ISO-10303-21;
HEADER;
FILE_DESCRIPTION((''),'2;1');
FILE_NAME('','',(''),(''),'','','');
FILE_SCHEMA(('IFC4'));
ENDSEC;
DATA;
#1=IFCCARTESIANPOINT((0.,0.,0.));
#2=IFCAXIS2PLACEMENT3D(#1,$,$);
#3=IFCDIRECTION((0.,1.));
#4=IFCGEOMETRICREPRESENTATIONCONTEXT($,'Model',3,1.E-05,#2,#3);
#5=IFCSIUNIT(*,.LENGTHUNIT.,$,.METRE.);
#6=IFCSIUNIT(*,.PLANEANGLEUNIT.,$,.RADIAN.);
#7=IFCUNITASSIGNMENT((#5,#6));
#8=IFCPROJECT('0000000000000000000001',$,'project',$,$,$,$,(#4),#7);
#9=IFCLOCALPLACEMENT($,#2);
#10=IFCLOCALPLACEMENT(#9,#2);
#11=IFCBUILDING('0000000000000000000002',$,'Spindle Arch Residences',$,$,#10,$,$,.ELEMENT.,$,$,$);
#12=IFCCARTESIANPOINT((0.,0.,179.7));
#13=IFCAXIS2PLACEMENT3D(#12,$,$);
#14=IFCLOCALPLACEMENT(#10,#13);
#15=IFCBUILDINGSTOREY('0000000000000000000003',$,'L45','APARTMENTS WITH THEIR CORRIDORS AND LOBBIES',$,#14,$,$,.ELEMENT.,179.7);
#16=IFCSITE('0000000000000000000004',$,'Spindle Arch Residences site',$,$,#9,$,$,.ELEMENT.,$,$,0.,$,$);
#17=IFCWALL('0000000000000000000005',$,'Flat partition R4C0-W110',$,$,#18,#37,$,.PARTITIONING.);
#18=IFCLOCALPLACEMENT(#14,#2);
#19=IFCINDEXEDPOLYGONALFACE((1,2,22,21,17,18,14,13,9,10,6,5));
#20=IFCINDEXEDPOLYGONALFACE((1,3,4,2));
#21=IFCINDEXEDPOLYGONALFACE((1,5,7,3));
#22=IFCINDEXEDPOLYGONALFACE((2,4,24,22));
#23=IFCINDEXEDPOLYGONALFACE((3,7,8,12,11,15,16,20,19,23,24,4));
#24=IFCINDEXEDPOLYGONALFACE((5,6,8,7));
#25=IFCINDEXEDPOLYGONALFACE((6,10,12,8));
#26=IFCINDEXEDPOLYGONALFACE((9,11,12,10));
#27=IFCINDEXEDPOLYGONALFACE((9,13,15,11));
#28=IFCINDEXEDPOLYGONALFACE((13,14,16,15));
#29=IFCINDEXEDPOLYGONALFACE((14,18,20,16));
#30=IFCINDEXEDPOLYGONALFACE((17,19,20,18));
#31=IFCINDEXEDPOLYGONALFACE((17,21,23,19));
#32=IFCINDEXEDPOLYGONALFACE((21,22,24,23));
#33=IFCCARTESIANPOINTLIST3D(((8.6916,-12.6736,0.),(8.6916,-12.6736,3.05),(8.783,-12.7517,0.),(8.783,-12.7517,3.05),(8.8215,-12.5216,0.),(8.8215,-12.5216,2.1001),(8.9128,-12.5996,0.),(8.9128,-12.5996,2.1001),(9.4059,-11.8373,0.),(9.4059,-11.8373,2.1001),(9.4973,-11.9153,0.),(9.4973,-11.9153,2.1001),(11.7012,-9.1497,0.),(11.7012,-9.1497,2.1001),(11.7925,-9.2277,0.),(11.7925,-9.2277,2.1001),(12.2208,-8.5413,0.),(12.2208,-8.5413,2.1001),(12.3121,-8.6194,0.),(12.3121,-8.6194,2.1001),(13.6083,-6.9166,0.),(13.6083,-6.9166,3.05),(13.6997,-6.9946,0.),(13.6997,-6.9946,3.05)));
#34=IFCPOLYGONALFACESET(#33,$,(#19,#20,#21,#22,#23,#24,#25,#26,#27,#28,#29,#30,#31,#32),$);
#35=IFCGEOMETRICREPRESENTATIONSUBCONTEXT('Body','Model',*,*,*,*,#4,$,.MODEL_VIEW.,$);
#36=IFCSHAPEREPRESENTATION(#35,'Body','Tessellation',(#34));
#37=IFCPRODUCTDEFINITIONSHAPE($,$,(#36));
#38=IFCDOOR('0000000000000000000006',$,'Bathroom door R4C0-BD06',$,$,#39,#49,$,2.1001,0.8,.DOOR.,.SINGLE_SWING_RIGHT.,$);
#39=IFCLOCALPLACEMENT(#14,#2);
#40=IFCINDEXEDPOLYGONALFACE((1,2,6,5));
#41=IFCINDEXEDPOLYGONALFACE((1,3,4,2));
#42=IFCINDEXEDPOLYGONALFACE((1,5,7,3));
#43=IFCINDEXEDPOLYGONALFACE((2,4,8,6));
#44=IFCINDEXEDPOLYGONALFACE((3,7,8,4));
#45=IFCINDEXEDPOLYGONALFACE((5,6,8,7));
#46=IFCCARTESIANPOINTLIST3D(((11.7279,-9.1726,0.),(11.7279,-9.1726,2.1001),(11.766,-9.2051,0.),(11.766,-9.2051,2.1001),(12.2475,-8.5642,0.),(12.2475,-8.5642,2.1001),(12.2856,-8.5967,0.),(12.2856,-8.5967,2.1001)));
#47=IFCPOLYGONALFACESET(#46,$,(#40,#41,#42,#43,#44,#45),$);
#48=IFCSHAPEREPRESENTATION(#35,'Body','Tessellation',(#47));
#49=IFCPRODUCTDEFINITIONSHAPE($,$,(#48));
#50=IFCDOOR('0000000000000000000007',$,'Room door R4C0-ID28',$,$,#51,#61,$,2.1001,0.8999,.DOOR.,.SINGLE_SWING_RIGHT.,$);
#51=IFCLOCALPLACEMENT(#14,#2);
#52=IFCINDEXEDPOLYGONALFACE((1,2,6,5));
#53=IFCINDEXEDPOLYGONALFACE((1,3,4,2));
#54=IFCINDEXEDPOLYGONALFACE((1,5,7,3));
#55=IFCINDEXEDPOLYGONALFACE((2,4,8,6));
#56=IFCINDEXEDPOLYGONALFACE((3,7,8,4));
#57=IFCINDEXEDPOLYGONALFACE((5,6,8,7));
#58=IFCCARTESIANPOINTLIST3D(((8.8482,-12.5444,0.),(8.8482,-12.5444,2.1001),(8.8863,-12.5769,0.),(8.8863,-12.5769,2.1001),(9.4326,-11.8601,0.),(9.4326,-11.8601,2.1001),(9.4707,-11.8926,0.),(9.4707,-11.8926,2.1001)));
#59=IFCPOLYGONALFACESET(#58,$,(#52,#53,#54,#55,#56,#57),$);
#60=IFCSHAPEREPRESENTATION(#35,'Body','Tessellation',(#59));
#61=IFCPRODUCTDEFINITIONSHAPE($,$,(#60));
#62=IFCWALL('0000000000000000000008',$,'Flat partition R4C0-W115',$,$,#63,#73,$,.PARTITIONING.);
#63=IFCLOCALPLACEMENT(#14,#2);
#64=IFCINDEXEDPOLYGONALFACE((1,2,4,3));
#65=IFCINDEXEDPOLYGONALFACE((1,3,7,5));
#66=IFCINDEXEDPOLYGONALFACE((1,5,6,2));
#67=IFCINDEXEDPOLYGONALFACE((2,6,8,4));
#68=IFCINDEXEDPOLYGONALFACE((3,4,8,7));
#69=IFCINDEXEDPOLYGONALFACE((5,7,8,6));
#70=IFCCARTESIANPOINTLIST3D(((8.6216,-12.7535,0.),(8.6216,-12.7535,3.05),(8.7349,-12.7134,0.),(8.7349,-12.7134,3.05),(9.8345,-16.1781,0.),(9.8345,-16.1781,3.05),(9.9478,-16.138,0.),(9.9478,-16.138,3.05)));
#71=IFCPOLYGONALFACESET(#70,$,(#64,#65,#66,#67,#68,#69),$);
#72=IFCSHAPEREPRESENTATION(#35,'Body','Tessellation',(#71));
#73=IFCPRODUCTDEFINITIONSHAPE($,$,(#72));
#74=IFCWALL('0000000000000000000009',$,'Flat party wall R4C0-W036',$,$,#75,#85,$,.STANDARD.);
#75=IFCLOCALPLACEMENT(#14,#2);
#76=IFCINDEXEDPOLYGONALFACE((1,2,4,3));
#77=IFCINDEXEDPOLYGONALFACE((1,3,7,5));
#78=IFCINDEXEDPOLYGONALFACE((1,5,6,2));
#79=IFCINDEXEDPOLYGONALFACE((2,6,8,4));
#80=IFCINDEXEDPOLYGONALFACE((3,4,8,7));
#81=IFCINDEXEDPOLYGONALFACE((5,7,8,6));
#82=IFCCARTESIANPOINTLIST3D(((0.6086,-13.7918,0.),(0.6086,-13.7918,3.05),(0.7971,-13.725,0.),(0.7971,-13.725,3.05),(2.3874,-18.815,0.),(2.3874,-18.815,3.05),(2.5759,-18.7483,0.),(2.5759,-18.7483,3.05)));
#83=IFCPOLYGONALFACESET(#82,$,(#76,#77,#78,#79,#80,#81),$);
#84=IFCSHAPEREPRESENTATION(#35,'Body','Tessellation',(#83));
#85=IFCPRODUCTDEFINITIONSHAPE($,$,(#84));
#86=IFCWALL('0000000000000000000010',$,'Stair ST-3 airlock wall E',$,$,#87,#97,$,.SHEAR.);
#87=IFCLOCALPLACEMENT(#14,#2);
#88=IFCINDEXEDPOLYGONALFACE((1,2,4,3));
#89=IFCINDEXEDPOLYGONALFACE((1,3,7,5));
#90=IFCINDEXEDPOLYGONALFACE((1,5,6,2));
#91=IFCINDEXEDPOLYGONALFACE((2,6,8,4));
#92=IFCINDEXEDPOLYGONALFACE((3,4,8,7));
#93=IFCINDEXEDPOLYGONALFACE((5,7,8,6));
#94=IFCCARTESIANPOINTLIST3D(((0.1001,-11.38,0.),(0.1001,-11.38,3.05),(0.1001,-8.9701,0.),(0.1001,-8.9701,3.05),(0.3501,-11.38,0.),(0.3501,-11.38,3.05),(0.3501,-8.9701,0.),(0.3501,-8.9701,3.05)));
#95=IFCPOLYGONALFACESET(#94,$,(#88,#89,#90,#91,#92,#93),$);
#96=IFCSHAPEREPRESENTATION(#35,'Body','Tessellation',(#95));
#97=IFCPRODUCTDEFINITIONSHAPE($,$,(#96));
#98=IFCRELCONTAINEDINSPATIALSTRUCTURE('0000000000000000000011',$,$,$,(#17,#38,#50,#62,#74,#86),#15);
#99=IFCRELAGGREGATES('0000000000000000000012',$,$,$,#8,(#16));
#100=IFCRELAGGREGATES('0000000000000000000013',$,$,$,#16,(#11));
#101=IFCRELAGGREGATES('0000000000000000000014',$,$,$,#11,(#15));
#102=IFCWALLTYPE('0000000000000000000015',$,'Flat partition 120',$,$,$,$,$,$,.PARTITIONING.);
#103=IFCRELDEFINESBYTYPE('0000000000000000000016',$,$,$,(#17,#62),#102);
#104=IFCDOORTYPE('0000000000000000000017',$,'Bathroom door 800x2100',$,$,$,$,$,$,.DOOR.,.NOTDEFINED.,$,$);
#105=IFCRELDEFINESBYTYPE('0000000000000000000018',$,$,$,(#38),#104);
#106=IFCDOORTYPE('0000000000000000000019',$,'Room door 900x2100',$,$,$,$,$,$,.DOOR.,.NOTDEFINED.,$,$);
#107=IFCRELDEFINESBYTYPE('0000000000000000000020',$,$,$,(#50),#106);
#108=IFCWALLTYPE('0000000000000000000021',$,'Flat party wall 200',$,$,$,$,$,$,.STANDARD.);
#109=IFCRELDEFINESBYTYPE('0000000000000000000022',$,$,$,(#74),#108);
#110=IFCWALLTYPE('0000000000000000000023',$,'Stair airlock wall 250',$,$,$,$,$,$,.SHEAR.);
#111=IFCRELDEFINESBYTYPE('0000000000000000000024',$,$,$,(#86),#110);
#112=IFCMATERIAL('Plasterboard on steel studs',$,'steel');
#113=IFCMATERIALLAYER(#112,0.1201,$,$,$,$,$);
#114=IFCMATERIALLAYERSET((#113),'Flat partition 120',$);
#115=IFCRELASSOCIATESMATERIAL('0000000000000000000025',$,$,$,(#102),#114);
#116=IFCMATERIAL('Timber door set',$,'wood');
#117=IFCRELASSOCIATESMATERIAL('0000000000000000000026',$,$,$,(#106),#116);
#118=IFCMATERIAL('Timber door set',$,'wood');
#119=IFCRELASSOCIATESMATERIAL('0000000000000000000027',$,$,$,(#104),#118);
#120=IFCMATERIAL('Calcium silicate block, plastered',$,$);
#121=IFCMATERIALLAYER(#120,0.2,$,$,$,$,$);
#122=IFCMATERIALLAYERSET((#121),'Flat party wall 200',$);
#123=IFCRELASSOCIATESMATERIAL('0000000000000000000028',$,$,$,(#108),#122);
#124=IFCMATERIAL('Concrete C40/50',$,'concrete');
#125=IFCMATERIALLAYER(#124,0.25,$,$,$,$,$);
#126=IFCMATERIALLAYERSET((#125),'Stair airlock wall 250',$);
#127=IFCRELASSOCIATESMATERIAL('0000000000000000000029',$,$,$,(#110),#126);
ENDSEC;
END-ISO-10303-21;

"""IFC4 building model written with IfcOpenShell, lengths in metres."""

from ifc_helpers import new_model, si_unit, direction, frame, frame_2d, origin, place, context, subcontext, project, spatial, rectangle, extrude, material, layer, layer_set, type_object, element, fill, save


model = new_model("IFC4")

# Units and contexts
model_context = context("Model", 3, precision=1e-05, world=origin(), true_north=direction((0.0, 1.0)))
body_context = subcontext(model_context, "Body", "Model", "MODEL_VIEW")
ifc_project = project(units=[si_unit("LENGTHUNIT", "METRE"), si_unit("PLANEANGLEUNIT", "RADIAN")], contexts=[model_context])

# Site, building, storey
site_placement = place(None, origin())
site = spatial("IfcSite", under=ifc_project, at=site_placement, Name="Spindle Arch Residences site", CompositionType="ELEMENT", RefElevation=0.0)
building_placement = place(site_placement, origin())
building = spatial("IfcBuilding", under=site, at=building_placement, Name="Spindle Arch Residences", CompositionType="ELEMENT")
storey_placement = place(building_placement, frame((0.0, 0.0, 179.7)))
storey = spatial("IfcBuildingStorey", under=building, at=storey_placement, Name="L45", Description="APARTMENTS WITH THEIR CORRIDORS AND LOBBIES", CompositionType="ELEMENT", Elevation=179.7)

# Shared definitions
ifc_material_1 = material(Name="Plasterboard on steel studs", Category="steel")
ifc_layer_1 = layer(ifc_material_1, 0.1201)
ifc_layer_set_1 = layer_set([ifc_layer_1], Name="Flat partition 120")
wall_type_1 = type_object("IfcWallType", Name="Flat partition 120", PredefinedType="PARTITIONING", material=ifc_layer_set_1)
ifc_material_2 = material(Name="Timber door set", Category="wood")
door_type_1 = type_object("IfcDoorType", Name="Room door 900x2100", OperationType="NOTDEFINED", PredefinedType="DOOR", material=ifc_material_2)

# Wall, openings, doors
wall_1_placement = place(storey_placement, frame((8.7373, -12.7126, 0.0), z_axis=(0.0, 0.0, 1.0), x_axis=(0.649428, 0.760423, 0.0)))
wall_1 = element("IfcWall", 1, at=wall_1_placement, inside=storey, type_object=wall_type_1, Name="Flat partition R4C0-W110", PredefinedType="PARTITIONING", context=body_context, shape_type="SweptSolid", body=[
    extrude(rectangle(XDim=7.5708, YDim=0.1201, at=frame_2d((3.7854, 0.0))), origin(), (0.0, 0.0, 1.0), 3.05),
])
opening_1_placement = place(wall_1_placement, frame((0.2, 0.0, 0.0)))
opening_1 = element("IfcOpeningElement", 2, at=opening_1_placement, cuts=wall_1, PredefinedType="OPENING", context=body_context, shape_type="SweptSolid", body=[
    extrude(rectangle(XDim=0.8999, YDim=2.1001, at=frame_2d((0.45, 1.05))), frame((0.0, 0.0701, 0.0), z_axis=(0.0, -1.0, 0.0), x_axis=(1.0, 0.0, 0.0)), (0.0, 0.0, 1.0), 0.1401),
])
opening_2_placement = place(wall_1_placement, frame((4.6343, 0.0, 0.0)))
opening_2 = element("IfcOpeningElement", 3, at=opening_2_placement, cuts=wall_1, PredefinedType="OPENING", context=body_context, shape_type="SweptSolid", body=[
    extrude(rectangle(XDim=0.8, YDim=2.1001, at=frame_2d((0.3999, 1.05))), frame((0.0, 0.0701, 0.0), z_axis=(0.0, -1.0, 0.0), x_axis=(1.0, 0.0, 0.0)), (0.0, 0.0, 1.0), 0.1401),
])
ifc_material_3 = material(Name="Timber door set", Category="wood")
door_type_2 = type_object("IfcDoorType", Name="Bathroom door 800x2100", OperationType="NOTDEFINED", PredefinedType="DOOR", material=ifc_material_3)
door_1_placement = place(opening_2_placement, origin())
door_1 = element("IfcDoor", 4, at=door_1_placement, inside=storey, type_object=door_type_2, Name="Bathroom door R4C0-BD06", OperationType="SINGLE_SWING_RIGHT", OverallHeight=2.1001, OverallWidth=0.8, PredefinedType="DOOR", context=body_context, shape_type="SweptSolid", body=[
    extrude(rectangle(XDim=0.8, YDim=2.1001, at=frame_2d((0.3999, 1.05))), frame((0.0, 0.0249, 0.0), z_axis=(0.0, -1.0, 0.0), x_axis=(1.0, 0.0, 0.0)), (0.0, 0.0, 1.0), 0.05),
])
fill(opening_2, door_1)
door_2_placement = place(opening_1_placement, origin())
door_2 = element("IfcDoor", 5, at=door_2_placement, inside=storey, type_object=door_type_1, Name="Room door R4C0-ID28", OperationType="SINGLE_SWING_RIGHT", OverallHeight=2.1001, OverallWidth=0.8999, PredefinedType="DOOR", context=body_context, shape_type="SweptSolid", body=[
    extrude(rectangle(XDim=0.8999, YDim=2.1001, at=frame_2d((0.45, 1.05))), frame((0.0, 0.0249, 0.0), z_axis=(0.0, -1.0, 0.0), x_axis=(1.0, 0.0, 0.0)), (0.0, 0.0, 1.0), 0.05),
])
fill(opening_1, door_2)

# Walls
wall_2_placement = place(storey_placement, frame((9.8911, -16.158, 0.0), z_axis=(0.0, 0.0, 1.0), x_axis=(-0.333853, 0.942625, 0.0)))
element("IfcWall", 6, at=wall_2_placement, inside=storey, type_object=wall_type_1, Name="Flat partition R4C0-W115", PredefinedType="PARTITIONING", context=body_context, shape_type="SweptSolid", body=[
    extrude(rectangle(XDim=3.6331, YDim=0.1201, at=frame_2d((1.8164, 0.0))), origin(), (0.0, 0.0, 1.0), 3.05),
])
ifc_material_4 = material(Name="Calcium silicate block, plastered")
ifc_layer_2 = layer(ifc_material_4, 0.2)
ifc_layer_set_2 = layer_set([ifc_layer_2], Name="Flat party wall 200")
wall_type_2 = type_object("IfcWallType", Name="Flat party wall 200", PredefinedType="STANDARD", material=ifc_layer_set_2)
wall_3_placement = place(storey_placement, frame((2.4817, -18.7817, 0.0), z_axis=(0.0, 0.0, 1.0), x_axis=(-0.333807, 0.942641, 0.0)))
element("IfcWall", 7, at=wall_3_placement, inside=storey, type_object=wall_type_2, Name="Flat party wall R4C0-W036", PredefinedType="STANDARD", context=body_context, shape_type="SweptSolid", body=[
    extrude(rectangle(XDim=5.3289, YDim=0.2, at=frame_2d((2.6646, 0.0))), origin(), (0.0, 0.0, 1.0), 3.05),
])

# Wall
ifc_material_5 = material(Name="Concrete C40/50", Category="concrete")
ifc_layer_3 = layer(ifc_material_5, 0.25)
ifc_layer_set_3 = layer_set([ifc_layer_3], Name="Stair airlock wall 250")
wall_type_3 = type_object("IfcWallType", Name="Stair airlock wall 250", PredefinedType="SHEAR", material=ifc_layer_set_3)
wall_4_placement = place(storey_placement, frame((0.2251, -8.97, 0.0), z_axis=(0.0, 0.0, 1.0), x_axis=(0.0, -1.0, 0.0)))
element("IfcWall", 8, at=wall_4_placement, inside=storey, type_object=wall_type_3, Name="Stair ST-3 airlock wall E", PredefinedType="SHEAR", context=body_context, shape_type="SweptSolid", body=[
    extrude(rectangle(XDim=2.4099, YDim=0.25, at=frame_2d((1.2051, 0.0))), origin(), (0.0, 0.0, 1.0), 3.05),
])

save(model, "model.ifc")
